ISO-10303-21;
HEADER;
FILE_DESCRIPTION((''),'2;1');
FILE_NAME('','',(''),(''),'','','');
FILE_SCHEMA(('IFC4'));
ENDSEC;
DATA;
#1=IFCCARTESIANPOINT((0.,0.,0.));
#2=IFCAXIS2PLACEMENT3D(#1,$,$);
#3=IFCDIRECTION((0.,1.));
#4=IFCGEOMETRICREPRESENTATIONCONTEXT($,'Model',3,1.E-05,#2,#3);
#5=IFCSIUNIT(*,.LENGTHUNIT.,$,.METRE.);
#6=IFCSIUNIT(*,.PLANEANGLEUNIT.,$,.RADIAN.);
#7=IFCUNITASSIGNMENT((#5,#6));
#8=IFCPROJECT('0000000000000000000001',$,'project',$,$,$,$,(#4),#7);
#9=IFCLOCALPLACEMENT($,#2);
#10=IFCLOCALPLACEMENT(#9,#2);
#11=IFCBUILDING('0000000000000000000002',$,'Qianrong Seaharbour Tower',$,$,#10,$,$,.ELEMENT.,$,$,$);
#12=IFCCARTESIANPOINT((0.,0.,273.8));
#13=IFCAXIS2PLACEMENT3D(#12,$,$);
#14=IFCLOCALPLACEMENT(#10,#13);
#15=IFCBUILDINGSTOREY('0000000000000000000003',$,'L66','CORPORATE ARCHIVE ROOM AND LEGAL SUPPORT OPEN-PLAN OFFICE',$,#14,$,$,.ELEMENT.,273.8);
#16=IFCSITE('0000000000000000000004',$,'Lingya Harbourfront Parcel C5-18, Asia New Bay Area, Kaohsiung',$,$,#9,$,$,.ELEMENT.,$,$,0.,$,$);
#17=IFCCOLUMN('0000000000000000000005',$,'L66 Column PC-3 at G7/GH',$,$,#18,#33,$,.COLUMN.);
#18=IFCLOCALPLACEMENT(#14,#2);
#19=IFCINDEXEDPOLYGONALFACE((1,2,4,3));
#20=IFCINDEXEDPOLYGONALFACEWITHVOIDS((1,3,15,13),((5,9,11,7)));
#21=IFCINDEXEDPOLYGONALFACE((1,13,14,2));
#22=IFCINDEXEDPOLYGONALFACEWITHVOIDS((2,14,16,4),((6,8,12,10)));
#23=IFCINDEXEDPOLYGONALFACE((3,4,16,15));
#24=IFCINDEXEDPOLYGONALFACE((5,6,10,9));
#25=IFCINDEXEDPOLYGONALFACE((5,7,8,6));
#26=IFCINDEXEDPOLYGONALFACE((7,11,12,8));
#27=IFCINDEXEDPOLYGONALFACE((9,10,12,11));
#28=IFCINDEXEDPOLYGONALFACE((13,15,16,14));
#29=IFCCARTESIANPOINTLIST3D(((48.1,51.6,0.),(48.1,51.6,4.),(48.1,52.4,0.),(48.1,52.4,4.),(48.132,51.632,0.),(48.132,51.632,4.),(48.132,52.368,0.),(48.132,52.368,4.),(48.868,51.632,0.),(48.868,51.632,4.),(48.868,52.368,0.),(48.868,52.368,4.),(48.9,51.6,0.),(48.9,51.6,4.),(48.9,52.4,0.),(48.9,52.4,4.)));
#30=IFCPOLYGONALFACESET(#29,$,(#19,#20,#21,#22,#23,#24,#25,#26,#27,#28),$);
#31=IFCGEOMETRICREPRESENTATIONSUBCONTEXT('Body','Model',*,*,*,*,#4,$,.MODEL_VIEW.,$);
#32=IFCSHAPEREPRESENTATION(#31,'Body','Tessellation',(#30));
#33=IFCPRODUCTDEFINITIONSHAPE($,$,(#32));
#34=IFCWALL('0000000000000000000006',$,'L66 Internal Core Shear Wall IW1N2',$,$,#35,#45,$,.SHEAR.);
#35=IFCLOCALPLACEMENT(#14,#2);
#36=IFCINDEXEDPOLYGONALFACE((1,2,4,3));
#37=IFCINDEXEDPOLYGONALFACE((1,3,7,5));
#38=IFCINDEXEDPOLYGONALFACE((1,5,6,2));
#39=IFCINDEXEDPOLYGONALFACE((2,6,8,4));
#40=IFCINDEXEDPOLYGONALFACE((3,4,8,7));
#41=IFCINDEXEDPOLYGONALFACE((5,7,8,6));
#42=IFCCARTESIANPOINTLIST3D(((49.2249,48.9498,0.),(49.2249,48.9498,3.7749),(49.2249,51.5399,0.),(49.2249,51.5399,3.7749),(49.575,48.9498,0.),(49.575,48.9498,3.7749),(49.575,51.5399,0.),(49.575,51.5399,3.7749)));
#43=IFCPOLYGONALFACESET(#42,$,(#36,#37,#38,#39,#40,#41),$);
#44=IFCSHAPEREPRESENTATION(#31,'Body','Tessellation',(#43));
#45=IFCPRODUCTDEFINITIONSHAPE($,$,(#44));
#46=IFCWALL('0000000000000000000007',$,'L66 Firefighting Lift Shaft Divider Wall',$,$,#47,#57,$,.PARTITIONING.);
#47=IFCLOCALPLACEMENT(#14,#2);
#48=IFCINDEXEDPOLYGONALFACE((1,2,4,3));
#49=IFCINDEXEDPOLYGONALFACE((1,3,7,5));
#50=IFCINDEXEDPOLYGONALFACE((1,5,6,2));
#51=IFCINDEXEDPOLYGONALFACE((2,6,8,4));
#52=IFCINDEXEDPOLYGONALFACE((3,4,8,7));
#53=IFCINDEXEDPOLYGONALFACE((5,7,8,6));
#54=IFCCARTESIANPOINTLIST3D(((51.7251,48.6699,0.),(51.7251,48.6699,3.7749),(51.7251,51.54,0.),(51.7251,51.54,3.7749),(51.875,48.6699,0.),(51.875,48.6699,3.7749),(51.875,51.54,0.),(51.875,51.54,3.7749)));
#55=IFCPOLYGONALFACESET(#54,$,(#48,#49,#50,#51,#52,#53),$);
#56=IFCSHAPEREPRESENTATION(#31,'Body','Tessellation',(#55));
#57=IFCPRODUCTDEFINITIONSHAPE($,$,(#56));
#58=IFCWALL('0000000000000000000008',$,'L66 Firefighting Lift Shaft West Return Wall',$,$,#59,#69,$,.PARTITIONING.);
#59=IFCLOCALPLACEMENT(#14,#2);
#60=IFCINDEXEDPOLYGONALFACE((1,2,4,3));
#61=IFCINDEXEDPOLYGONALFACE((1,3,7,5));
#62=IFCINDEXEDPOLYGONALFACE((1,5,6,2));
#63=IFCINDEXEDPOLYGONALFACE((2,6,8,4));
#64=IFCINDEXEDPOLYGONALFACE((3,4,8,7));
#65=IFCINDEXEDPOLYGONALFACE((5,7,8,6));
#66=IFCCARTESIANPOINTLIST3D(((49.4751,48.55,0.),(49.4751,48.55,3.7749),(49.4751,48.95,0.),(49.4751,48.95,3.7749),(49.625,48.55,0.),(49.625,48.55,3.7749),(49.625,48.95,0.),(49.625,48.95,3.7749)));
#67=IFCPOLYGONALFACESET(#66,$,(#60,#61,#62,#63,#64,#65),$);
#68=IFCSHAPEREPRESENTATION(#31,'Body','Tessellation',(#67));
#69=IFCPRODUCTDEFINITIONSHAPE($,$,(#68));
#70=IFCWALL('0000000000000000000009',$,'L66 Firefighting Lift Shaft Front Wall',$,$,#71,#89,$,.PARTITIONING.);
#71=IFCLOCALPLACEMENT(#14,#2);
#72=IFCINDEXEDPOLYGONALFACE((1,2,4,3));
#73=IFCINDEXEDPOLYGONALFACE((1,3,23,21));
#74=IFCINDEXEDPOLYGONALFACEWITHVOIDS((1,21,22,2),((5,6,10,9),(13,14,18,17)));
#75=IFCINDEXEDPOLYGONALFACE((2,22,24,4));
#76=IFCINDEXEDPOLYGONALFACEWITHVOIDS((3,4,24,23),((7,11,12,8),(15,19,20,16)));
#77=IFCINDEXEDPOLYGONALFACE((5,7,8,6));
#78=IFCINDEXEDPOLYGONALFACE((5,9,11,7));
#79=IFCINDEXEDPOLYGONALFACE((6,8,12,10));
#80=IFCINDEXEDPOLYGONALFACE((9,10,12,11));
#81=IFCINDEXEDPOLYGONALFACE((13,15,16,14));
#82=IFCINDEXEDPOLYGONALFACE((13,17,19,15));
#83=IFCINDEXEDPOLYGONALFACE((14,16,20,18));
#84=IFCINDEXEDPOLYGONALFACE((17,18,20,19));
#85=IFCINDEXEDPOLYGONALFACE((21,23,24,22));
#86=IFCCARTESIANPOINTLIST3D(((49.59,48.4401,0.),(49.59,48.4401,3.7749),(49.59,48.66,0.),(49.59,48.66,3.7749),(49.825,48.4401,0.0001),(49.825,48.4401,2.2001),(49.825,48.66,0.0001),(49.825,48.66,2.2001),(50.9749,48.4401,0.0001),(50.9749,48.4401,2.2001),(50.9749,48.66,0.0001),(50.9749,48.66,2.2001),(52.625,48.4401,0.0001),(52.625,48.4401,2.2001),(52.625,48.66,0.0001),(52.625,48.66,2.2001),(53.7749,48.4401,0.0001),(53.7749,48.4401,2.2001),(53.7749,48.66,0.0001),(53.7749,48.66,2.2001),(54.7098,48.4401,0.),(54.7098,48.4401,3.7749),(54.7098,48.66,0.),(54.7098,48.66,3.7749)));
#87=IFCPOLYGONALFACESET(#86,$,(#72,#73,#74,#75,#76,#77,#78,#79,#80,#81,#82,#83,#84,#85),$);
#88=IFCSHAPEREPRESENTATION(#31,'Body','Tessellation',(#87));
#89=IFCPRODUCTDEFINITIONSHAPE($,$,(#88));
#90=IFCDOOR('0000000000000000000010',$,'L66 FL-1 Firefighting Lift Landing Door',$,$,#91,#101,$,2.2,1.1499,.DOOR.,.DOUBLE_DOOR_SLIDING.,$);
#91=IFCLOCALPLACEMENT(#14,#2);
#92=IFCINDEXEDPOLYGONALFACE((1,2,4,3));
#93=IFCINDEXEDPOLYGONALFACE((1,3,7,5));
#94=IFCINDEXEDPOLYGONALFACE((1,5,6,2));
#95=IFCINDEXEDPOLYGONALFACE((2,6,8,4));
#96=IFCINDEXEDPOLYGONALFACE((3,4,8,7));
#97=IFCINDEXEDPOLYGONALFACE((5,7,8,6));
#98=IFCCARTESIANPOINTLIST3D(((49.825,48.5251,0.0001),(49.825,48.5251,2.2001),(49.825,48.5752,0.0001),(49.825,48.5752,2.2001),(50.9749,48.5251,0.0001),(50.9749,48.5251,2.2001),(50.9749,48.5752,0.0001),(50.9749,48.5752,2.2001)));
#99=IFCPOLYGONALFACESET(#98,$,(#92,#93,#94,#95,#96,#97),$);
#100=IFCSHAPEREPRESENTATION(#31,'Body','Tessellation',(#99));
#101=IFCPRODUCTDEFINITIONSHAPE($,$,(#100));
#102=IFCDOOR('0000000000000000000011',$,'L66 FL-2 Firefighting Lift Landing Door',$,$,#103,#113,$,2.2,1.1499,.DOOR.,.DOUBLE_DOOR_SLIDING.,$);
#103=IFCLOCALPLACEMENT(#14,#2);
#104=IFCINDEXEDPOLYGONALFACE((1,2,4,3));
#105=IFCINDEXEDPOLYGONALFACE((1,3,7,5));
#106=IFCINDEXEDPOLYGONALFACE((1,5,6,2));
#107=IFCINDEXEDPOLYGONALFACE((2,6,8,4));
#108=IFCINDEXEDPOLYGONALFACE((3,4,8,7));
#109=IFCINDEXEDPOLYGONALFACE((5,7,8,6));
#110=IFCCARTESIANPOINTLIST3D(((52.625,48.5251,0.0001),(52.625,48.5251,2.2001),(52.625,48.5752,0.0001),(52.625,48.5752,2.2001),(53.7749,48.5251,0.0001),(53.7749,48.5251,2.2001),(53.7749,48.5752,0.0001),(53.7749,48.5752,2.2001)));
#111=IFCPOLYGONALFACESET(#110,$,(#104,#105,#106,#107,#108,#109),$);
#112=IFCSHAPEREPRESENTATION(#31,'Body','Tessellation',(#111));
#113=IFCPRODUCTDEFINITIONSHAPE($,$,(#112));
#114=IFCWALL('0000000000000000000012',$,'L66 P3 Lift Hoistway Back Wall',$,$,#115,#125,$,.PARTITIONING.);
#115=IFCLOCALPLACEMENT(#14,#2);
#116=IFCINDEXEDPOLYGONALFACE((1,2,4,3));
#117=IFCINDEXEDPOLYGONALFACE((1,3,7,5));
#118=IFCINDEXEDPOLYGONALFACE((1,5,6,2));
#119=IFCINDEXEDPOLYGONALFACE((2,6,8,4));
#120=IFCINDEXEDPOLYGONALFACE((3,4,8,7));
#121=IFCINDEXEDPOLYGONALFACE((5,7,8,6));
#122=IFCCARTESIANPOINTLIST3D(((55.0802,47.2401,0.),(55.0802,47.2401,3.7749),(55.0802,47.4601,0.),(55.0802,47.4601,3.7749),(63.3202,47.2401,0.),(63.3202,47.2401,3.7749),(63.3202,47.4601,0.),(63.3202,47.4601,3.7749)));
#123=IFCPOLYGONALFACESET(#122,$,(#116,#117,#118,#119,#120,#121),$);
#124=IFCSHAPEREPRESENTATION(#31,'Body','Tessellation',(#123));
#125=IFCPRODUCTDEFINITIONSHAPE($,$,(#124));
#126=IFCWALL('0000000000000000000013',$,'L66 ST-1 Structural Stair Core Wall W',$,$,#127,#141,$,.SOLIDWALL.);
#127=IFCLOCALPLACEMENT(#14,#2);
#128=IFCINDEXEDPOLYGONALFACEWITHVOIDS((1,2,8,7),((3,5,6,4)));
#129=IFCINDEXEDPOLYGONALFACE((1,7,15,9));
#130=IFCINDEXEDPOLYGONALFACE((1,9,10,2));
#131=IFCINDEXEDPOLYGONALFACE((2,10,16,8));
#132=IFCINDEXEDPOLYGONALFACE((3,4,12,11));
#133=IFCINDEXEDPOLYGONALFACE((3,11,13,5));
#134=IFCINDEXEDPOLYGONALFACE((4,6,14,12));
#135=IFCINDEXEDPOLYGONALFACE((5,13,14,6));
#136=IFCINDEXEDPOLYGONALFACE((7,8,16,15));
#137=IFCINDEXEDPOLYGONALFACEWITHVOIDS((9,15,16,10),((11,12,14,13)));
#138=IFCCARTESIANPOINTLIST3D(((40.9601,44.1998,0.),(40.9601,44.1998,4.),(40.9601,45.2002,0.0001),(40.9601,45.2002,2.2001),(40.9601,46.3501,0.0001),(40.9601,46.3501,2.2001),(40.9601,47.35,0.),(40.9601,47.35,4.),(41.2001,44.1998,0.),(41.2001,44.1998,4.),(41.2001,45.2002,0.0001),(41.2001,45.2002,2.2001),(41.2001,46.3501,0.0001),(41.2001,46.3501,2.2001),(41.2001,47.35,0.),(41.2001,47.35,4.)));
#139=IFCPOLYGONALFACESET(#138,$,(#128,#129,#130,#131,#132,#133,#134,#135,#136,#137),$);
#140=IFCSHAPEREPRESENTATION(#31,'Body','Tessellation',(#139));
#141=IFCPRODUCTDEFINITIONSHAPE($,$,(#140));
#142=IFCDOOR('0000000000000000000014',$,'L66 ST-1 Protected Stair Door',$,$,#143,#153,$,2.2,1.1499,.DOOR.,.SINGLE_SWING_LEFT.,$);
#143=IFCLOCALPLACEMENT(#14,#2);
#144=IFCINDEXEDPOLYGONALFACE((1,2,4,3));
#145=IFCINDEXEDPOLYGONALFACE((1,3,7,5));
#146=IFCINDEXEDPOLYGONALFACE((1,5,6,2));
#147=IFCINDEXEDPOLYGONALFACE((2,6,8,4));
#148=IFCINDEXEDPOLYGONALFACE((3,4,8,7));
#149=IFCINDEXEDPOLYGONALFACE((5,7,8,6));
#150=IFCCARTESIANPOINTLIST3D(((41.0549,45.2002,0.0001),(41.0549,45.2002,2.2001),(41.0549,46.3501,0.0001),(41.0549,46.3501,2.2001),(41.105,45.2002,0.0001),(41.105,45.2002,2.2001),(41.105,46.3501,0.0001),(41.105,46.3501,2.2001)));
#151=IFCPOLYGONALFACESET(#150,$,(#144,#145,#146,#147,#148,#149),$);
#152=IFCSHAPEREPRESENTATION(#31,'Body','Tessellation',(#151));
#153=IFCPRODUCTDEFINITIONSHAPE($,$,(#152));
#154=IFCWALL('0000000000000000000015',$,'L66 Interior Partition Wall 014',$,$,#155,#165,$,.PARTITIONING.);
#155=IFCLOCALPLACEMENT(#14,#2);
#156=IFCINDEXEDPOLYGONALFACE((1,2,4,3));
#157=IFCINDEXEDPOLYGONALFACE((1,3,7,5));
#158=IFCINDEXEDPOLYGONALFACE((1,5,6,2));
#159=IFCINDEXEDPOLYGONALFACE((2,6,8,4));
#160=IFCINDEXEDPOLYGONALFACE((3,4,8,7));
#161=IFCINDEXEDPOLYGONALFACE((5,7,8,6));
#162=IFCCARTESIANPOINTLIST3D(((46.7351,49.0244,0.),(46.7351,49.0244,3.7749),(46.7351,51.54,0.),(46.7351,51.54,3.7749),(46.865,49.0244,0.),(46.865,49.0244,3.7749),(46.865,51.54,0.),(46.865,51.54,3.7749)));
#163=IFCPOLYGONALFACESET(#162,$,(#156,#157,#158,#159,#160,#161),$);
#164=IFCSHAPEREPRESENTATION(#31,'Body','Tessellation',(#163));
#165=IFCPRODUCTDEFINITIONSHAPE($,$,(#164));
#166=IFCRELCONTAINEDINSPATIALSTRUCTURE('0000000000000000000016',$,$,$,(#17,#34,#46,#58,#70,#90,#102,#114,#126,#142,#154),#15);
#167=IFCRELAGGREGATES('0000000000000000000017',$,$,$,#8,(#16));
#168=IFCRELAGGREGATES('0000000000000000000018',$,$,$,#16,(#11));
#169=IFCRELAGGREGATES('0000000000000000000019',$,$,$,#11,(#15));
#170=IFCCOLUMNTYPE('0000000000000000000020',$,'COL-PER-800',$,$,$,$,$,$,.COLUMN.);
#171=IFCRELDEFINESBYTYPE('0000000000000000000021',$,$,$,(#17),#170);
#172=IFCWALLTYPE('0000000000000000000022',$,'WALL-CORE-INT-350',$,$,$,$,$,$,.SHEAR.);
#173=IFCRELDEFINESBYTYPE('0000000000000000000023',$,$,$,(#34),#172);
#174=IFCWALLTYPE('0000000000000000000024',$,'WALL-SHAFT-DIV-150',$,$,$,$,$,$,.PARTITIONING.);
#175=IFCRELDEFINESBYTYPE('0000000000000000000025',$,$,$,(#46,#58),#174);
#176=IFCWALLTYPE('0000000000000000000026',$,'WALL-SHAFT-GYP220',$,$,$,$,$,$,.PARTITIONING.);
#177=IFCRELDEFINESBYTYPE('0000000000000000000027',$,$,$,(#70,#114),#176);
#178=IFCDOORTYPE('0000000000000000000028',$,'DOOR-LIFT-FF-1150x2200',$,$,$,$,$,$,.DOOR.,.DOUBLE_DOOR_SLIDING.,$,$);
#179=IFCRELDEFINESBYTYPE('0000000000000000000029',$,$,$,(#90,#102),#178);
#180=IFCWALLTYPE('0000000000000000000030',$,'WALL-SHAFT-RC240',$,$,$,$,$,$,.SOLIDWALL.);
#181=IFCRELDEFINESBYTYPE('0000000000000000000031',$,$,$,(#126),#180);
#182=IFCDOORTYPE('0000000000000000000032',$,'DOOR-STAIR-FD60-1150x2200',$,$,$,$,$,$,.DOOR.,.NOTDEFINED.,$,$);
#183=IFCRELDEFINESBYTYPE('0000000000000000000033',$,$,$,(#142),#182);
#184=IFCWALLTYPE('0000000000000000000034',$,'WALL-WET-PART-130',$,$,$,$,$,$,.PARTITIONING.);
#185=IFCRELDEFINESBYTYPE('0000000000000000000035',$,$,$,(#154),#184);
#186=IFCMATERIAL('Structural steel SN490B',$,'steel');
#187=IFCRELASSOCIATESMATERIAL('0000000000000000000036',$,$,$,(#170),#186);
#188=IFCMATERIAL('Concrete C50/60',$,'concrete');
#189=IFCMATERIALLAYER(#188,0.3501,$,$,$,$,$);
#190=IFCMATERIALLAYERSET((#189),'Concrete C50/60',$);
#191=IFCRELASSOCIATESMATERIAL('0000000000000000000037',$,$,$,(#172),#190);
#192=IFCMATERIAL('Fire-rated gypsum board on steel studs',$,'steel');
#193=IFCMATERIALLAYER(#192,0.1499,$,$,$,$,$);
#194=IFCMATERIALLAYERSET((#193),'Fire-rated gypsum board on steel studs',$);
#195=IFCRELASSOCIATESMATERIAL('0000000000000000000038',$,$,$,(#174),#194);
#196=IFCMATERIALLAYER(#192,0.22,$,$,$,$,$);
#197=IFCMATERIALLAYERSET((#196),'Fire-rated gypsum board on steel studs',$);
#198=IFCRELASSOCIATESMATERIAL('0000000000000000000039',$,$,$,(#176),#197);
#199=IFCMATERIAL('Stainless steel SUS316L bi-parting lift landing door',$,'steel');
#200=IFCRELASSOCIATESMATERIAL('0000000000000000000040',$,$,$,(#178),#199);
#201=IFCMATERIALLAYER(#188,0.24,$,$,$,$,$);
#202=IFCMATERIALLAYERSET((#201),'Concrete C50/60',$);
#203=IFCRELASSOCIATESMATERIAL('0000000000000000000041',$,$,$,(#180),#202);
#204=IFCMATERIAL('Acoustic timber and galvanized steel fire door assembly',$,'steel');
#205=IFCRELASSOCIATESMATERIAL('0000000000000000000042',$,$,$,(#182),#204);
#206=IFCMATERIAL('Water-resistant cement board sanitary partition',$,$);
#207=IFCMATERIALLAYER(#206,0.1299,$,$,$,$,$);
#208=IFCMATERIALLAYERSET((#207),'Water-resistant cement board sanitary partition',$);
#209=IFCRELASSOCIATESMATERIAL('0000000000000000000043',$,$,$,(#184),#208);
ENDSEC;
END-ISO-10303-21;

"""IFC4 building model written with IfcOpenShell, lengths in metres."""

from ifc_helpers import new_model, si_unit, direction, frame, frame_2d, origin, origin_2d, place, context, subcontext, project, spatial, rectangle, hollow_rectangle, extrude, material, layer, layer_set, material_profile, profile_set, type_object, element, fill, save


model = new_model("IFC4")

# Units and contexts
model_context = context("Model", 3, precision=1e-05, world=origin(), true_north=direction((0.0, 1.0)))
body_context = subcontext(model_context, "Body", "Model", "MODEL_VIEW")
ifc_project = project(units=[si_unit("LENGTHUNIT", "METRE"), si_unit("PLANEANGLEUNIT", "RADIAN")], contexts=[model_context])

# Site, building, storey
site_placement = place(None, origin())
site = spatial("IfcSite", under=ifc_project, at=site_placement, Name="Lingya Harbourfront Parcel C5-18, Asia New Bay Area, Kaohsiung", CompositionType="ELEMENT", RefElevation=0.0)
building_placement = place(site_placement, origin())
building = spatial("IfcBuilding", under=site, at=building_placement, Name="Qianrong Seaharbour Tower", CompositionType="ELEMENT")
storey_placement = place(building_placement, frame((0.0, 0.0, 273.8)))
storey = spatial("IfcBuildingStorey", under=building, at=storey_placement, Name="L66", Description="CORPORATE ARCHIVE ROOM AND LEGAL SUPPORT OPEN-PLAN OFFICE", CompositionType="ELEMENT", Elevation=273.8)

# Column
ifc_material_1 = material(Name="Structural steel SN490B", Category="steel")
ifc_material_profile = material_profile(ifc_material_1, hollow_rectangle(XDim=0.8, YDim=0.8, WallThickness=0.032, at=origin_2d()), Name="BOX800x800x32")
ifc_profile_set = profile_set([ifc_material_profile], Name="Structural steel SN490B")
column_type = type_object("IfcColumnType", Name="COL-PER-800", PredefinedType="COLUMN", material=ifc_profile_set)
column_placement = place(storey_placement, frame((48.5, 52.0, 0.0), z_axis=(0.0, 0.0, 1.0), x_axis=(1.0, 0.0, 0.0)))
element("IfcColumn", 1, at=column_placement, inside=storey, type_object=column_type, Name="L66 Column PC-3 at G7/GH", PredefinedType="COLUMN", context=body_context, shape_type="SweptSolid", body=[
    extrude(hollow_rectangle(XDim=0.8, YDim=0.8, WallThickness=0.032, at=origin_2d()), origin(), (0.0, 0.0, 1.0), 4.0),
])

# Wall
ifc_material_2 = material(Name="Concrete C50/60", Category="concrete")
ifc_layer_1 = layer(ifc_material_2, 0.3501)
ifc_layer_set_1 = layer_set([ifc_layer_1], Name="Concrete C50/60")
wall_type_1 = type_object("IfcWallType", Name="WALL-CORE-INT-350", PredefinedType="SHEAR", material=ifc_layer_set_1)
wall_1_placement = place(storey_placement, frame((49.3999, 48.95, 0.0), z_axis=(0.0, 0.0, 1.0), x_axis=(0.0, 1.0, 0.0)))
element("IfcWall", 2, at=wall_1_placement, inside=storey, type_object=wall_type_1, Name="L66 Internal Core Shear Wall IW1N2", PredefinedType="SHEAR", context=body_context, shape_type="SweptSolid", body=[
    extrude(rectangle(XDim=2.5901, YDim=0.3501, at=frame_2d((1.2949, 0.0))), origin(), (0.0, 0.0, 1.0), 3.7749),
])

# Shared definitions
ifc_material_3 = material(Name="Acoustic timber and galvanized steel fire door assembly", Category="steel")

# Walls
ifc_material_4 = material(Name="Fire-rated gypsum board on steel studs", Category="steel")
ifc_layer_2 = layer(ifc_material_4, 0.1499)
ifc_layer_set_2 = layer_set([ifc_layer_2], Name="Fire-rated gypsum board on steel studs")
wall_type_2 = type_object("IfcWallType", Name="WALL-SHAFT-DIV-150", PredefinedType="PARTITIONING", material=ifc_layer_set_2)
wall_2_placement = place(storey_placement, frame((51.8, 48.6699, 0.0), z_axis=(0.0, 0.0, 1.0), x_axis=(0.0, 1.0, 0.0)))
element("IfcWall", 3, at=wall_2_placement, inside=storey, type_object=wall_type_2, Name="L66 Firefighting Lift Shaft Divider Wall", PredefinedType="PARTITIONING", context=body_context, shape_type="SweptSolid", body=[
    extrude(rectangle(XDim=2.8701, YDim=0.1499, at=frame_2d((1.4351, 0.0))), origin(), (0.0, 0.0, 1.0), 3.7749),
])
wall_3_placement = place(storey_placement, frame((49.55, 48.55, 0.0), z_axis=(0.0, 0.0, 1.0), x_axis=(0.0, 1.0, 0.0)))
element("IfcWall", 4, at=wall_3_placement, inside=storey, type_object=wall_type_2, Name="L66 Firefighting Lift Shaft West Return Wall", PredefinedType="PARTITIONING", context=body_context, shape_type="SweptSolid", body=[
    extrude(rectangle(XDim=0.3999, YDim=0.1499, at=frame_2d((0.2, 0.0))), origin(), (0.0, 0.0, 1.0), 3.7749),
])

# Wall, openings, doors
ifc_layer_3 = layer(ifc_material_4, 0.22)
ifc_layer_set_3 = layer_set([ifc_layer_3], Name="Fire-rated gypsum board on steel studs")
wall_type_3 = type_object("IfcWallType", Name="WALL-SHAFT-GYP220", PredefinedType="PARTITIONING", material=ifc_layer_set_3)
wall_4_placement = place(storey_placement, frame((54.71, 48.55, 0.0), z_axis=(0.0, 0.0, 1.0), x_axis=(-1.0, 0.0, 0.0)))
wall_4 = element("IfcWall", 5, at=wall_4_placement, inside=storey, type_object=wall_type_3, Name="L66 Firefighting Lift Shaft Front Wall", PredefinedType="PARTITIONING", context=body_context, shape_type="SweptSolid", body=[
    extrude(rectangle(XDim=5.1199, YDim=0.22, at=frame_2d((2.5601, 0.0))), origin(), (0.0, 0.0, 1.0), 3.7749),
])
opening_1_placement = place(wall_4_placement, frame((3.7351, 0.0, 0.0)))
opening_1 = element("IfcOpeningElement", 6, at=opening_1_placement, cuts=wall_4, PredefinedType="OPENING", context=body_context, shape_type="SweptSolid", body=[
    extrude(rectangle(XDim=1.1499, YDim=2.2, at=frame_2d((0.575, 1.1001))), frame((0.0, 0.1201, 0.0), z_axis=(0.0, -1.0, 0.0), x_axis=(1.0, 0.0, 0.0)), (0.0, 0.0, 1.0), 0.24),
])
opening_2_placement = place(wall_4_placement, frame((0.9351, 0.0, 0.0)))
opening_2 = element("IfcOpeningElement", 7, at=opening_2_placement, cuts=wall_4, PredefinedType="OPENING", context=body_context, shape_type="SweptSolid", body=[
    extrude(rectangle(XDim=1.1499, YDim=2.2, at=frame_2d((0.575, 1.1001))), frame((0.0, 0.1201, 0.0), z_axis=(0.0, -1.0, 0.0), x_axis=(1.0, 0.0, 0.0)), (0.0, 0.0, 1.0), 0.24),
])
ifc_material_5 = material(Name="Stainless steel SUS316L bi-parting lift landing door", Category="steel")
door_type_1 = type_object("IfcDoorType", Name="DOOR-LIFT-FF-1150x2200", OperationType="DOUBLE_DOOR_SLIDING", PredefinedType="DOOR", material=ifc_material_5)
door_1_placement = place(opening_1_placement, origin())
door_1 = element("IfcDoor", 8, at=door_1_placement, inside=storey, type_object=door_type_1, Name="L66 FL-1 Firefighting Lift Landing Door", OperationType="DOUBLE_DOOR_SLIDING", OverallHeight=2.2, OverallWidth=1.1499, PredefinedType="DOOR", context=body_context, shape_type="SweptSolid", body=[
    extrude(rectangle(XDim=1.1499, YDim=2.2, at=frame_2d((0.575, 1.1001))), frame((0.0, 0.0249, 0.0), z_axis=(0.0, -1.0, 0.0), x_axis=(1.0, 0.0, 0.0)), (0.0, 0.0, 1.0), 0.05),
])
fill(opening_1, door_1)
door_2_placement = place(opening_2_placement, origin())
door_2 = element("IfcDoor", 9, at=door_2_placement, inside=storey, type_object=door_type_1, Name="L66 FL-2 Firefighting Lift Landing Door", OperationType="DOUBLE_DOOR_SLIDING", OverallHeight=2.2, OverallWidth=1.1499, PredefinedType="DOOR", context=body_context, shape_type="SweptSolid", body=[
    extrude(rectangle(XDim=1.1499, YDim=2.2, at=frame_2d((0.575, 1.1001))), frame((0.0, 0.0249, 0.0), z_axis=(0.0, -1.0, 0.0), x_axis=(1.0, 0.0, 0.0)), (0.0, 0.0, 1.0), 0.05),
])
fill(opening_2, door_2)

# Wall
wall_5_placement = place(storey_placement, frame((55.0801, 47.3501, 0.0), z_axis=(0.0, 0.0, 1.0), x_axis=(1.0, 0.0, 0.0)))
element("IfcWall", 10, at=wall_5_placement, inside=storey, type_object=wall_type_3, Name="L66 P3 Lift Hoistway Back Wall", PredefinedType="PARTITIONING", context=body_context, shape_type="SweptSolid", body=[
    extrude(rectangle(XDim=8.24, YDim=0.22, at=frame_2d((4.1201, 0.0))), origin(), (0.0, 0.0, 1.0), 3.7749),
])

# Wall, opening, door
ifc_layer_4 = layer(ifc_material_2, 0.24)
ifc_layer_set_4 = layer_set([ifc_layer_4], Name="Concrete C50/60")
wall_type_4 = type_object("IfcWallType", Name="WALL-SHAFT-RC240", PredefinedType="SOLIDWALL", material=ifc_layer_set_4)
wall_6_placement = place(storey_placement, frame((41.0801, 47.3501, 0.0), z_axis=(0.0, 0.0, 1.0), x_axis=(0.0, -1.0, 0.0)))
wall_6 = element("IfcWall", 11, at=wall_6_placement, inside=storey, type_object=wall_type_4, Name="L66 ST-1 Structural Stair Core Wall W", PredefinedType="SOLIDWALL", context=body_context, shape_type="SweptSolid", body=[
    extrude(rectangle(XDim=3.1501, YDim=0.24, at=frame_2d((1.5752, 0.0))), origin(), (0.0, 0.0, 1.0), 4.0),
])
opening_3_placement = place(wall_6_placement, frame((1.0, 0.0, 0.0)))
opening_3 = element("IfcOpeningElement", 12, at=opening_3_placement, cuts=wall_6, PredefinedType="OPENING", context=body_context, shape_type="SweptSolid", body=[
    extrude(rectangle(XDim=1.1499, YDim=2.2, at=frame_2d((0.575, 1.1001))), frame((0.0, 0.1299, 0.0), z_axis=(0.0, -1.0, 0.0), x_axis=(1.0, 0.0, 0.0)), (0.0, 0.0, 1.0), 0.26),
])
door_type_2 = type_object("IfcDoorType", Name="DOOR-STAIR-FD60-1150x2200", OperationType="NOTDEFINED", PredefinedType="DOOR", material=ifc_material_3)
door_3_placement = place(opening_3_placement, origin())
door_3 = element("IfcDoor", 13, at=door_3_placement, inside=storey, type_object=door_type_2, Name="L66 ST-1 Protected Stair Door", OperationType="SINGLE_SWING_LEFT", OverallHeight=2.2, OverallWidth=1.1499, PredefinedType="DOOR", context=body_context, shape_type="SweptSolid", body=[
    extrude(rectangle(XDim=1.1499, YDim=2.2, at=frame_2d((0.575, 1.1001))), frame((0.0, 0.0249, 0.0), z_axis=(0.0, -1.0, 0.0), x_axis=(1.0, 0.0, 0.0)), (0.0, 0.0, 1.0), 0.05),
])
fill(opening_3, door_3)

# Wall
ifc_material_6 = material(Name="Water-resistant cement board sanitary partition")
ifc_layer_5 = layer(ifc_material_6, 0.1299)
ifc_layer_set_5 = layer_set([ifc_layer_5], Name="Water-resistant cement board sanitary partition")
wall_type_5 = type_object("IfcWallType", Name="WALL-WET-PART-130", PredefinedType="PARTITIONING", material=ifc_layer_set_5)
wall_7_placement = place(storey_placement, frame((46.8, 51.54, 0.0), z_axis=(0.0, 0.0, 1.0), x_axis=(0.0, -1.0, 0.0)))
element("IfcWall", 14, at=wall_7_placement, inside=storey, type_object=wall_type_5, Name="L66 Interior Partition Wall 014", PredefinedType="PARTITIONING", context=body_context, shape_type="SweptSolid", body=[
    extrude(rectangle(XDim=2.5156, YDim=0.1299, at=frame_2d((1.2578, 0.0))), origin(), (0.0, 0.0, 1.0), 3.7749),
])

save(model, "model.ifc")
